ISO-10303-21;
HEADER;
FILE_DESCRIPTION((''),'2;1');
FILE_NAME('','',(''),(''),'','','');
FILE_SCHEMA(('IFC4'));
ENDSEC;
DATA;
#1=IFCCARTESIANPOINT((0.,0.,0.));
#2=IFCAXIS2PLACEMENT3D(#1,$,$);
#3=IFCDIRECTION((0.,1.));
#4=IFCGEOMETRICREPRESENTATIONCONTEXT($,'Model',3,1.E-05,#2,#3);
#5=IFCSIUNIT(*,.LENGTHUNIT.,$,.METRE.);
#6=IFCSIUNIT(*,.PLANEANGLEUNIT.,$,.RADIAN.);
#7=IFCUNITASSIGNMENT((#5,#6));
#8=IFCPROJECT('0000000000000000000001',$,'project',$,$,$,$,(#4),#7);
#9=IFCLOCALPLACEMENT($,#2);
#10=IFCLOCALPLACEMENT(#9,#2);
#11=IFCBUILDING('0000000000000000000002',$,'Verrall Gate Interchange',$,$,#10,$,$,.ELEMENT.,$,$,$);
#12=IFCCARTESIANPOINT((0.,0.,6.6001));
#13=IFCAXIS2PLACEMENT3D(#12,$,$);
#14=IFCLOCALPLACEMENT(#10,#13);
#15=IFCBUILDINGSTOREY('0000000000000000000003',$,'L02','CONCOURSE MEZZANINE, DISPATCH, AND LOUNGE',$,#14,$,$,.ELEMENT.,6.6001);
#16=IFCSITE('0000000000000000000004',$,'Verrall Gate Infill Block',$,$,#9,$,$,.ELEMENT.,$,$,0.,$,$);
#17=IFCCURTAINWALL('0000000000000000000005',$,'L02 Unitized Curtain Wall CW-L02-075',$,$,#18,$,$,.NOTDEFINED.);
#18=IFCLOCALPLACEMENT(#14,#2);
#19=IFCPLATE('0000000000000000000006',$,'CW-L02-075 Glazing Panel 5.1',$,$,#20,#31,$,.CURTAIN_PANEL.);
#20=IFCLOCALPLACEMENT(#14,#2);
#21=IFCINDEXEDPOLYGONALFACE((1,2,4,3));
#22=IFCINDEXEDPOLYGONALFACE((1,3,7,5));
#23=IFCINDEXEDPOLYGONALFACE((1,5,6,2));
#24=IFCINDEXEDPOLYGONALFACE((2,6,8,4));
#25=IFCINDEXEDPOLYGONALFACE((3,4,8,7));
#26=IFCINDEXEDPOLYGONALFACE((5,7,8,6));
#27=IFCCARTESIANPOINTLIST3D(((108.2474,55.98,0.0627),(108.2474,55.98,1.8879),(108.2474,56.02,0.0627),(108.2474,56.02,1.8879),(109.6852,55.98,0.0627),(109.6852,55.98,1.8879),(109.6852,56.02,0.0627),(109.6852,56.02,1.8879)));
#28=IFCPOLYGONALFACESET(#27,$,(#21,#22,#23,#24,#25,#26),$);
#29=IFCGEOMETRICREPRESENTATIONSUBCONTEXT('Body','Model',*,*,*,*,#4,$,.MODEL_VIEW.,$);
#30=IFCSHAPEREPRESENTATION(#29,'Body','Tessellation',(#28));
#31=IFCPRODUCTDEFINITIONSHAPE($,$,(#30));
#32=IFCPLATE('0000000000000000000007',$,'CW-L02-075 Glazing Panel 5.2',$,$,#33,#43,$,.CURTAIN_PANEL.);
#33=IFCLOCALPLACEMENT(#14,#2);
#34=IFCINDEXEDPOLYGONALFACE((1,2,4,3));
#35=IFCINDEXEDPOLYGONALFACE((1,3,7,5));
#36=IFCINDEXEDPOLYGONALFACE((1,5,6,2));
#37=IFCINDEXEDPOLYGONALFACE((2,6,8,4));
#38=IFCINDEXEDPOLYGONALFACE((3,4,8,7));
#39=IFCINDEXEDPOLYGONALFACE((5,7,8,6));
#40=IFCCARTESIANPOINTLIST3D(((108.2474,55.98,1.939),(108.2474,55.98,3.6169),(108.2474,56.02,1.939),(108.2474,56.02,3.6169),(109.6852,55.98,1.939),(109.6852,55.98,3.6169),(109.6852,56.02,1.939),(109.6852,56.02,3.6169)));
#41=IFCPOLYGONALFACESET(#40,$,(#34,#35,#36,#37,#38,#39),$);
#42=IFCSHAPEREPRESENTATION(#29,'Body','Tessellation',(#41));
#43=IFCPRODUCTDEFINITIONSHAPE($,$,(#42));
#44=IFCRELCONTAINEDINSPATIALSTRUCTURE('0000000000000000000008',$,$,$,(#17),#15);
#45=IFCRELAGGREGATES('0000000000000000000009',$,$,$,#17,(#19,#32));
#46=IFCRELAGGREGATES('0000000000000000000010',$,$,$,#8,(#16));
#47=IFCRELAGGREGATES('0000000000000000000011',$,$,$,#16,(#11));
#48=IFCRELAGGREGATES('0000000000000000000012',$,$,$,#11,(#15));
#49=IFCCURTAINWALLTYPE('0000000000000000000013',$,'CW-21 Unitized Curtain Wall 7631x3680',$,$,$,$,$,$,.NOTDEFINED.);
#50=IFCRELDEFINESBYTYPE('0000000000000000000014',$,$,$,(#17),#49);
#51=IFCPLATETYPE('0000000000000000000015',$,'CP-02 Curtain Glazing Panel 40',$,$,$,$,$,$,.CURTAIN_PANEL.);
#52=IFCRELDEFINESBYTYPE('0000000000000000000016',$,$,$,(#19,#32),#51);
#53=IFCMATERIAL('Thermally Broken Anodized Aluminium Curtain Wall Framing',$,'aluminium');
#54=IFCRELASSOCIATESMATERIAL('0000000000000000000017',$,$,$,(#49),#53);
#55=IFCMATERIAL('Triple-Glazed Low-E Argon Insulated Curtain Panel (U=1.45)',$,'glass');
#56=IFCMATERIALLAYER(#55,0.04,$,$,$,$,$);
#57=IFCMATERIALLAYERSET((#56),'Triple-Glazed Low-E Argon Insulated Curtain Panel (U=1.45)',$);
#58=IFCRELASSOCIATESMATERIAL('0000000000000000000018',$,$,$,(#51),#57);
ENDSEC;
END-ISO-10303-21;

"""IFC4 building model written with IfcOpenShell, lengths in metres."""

from ifc_helpers import new_model, si_unit, direction, frame, origin, origin_2d, place, context, subcontext, project, spatial, rectangle, extrude, material, layer, layer_set, type_object, element, aggregate, save


model = new_model("IFC4")

# Units and contexts
model_context = context("Model", 3, precision=1e-05, world=origin(), true_north=direction((0.0, 1.0)))
body_context = subcontext(model_context, "Body", "Model", "MODEL_VIEW")
ifc_project = project(units=[si_unit("LENGTHUNIT", "METRE"), si_unit("PLANEANGLEUNIT", "RADIAN")], contexts=[model_context])

# Site, building, storey
site_placement = place(None, origin())
site = spatial("IfcSite", under=ifc_project, at=site_placement, Name="Verrall Gate Infill Block", CompositionType="ELEMENT", RefElevation=0.0)
building_placement = place(site_placement, origin())
building = spatial("IfcBuilding", under=site, at=building_placement, Name="Verrall Gate Interchange", CompositionType="ELEMENT")
storey_placement = place(building_placement, frame((0.0, 0.0, 6.6001)))
storey = spatial("IfcBuildingStorey", under=building, at=storey_placement, Name="L02", Description="CONCOURSE MEZZANINE, DISPATCH, AND LOUNGE", CompositionType="ELEMENT", Elevation=6.6001)

# Curtain wall
ifc_material_1 = material(Name="Thermally Broken Anodized Aluminium Curtain Wall Framing", Category="aluminium")
curtain_wall_type_1 = type_object("IfcCurtainWallType", Name="CW-21 Unitized Curtain Wall 7631x3680", PredefinedType="NOTDEFINED", material=ifc_material_1)
curtain_wall_1_placement = place(storey_placement, origin())
curtain_wall_1 = element("IfcCurtainWall", 1, at=curtain_wall_1_placement, inside=storey, type_object=curtain_wall_type_1, Name="L02 Unitized Curtain Wall CW-L02-075", PredefinedType="NOTDEFINED")

# Plates
ifc_material_2 = material(Name="Triple-Glazed Low-E Argon Insulated Curtain Panel (U=1.45)", Category="glass")
ifc_layer_1 = layer(ifc_material_2, 0.04)
ifc_layer_set_1 = layer_set([ifc_layer_1], Name="Triple-Glazed Low-E Argon Insulated Curtain Panel (U=1.45)")
plate_type_1 = type_object("IfcPlateType", Name="CP-02 Curtain Glazing Panel 40", PredefinedType="CURTAIN_PANEL", material=ifc_layer_set_1)
plate_1_placement = place(storey_placement, frame((108.9663, 56.0, 0.0627), z_axis=(0.0, 0.0, 1.0), x_axis=(-1.0, 0.0, 0.0)))
plate_1 = element("IfcPlate", 2, at=plate_1_placement, type_object=plate_type_1, Name="CW-L02-075 Glazing Panel 5.1", PredefinedType="CURTAIN_PANEL", context=body_context, shape_type="SweptSolid", body=[
    extrude(rectangle(XDim=1.4377, YDim=0.04, at=origin_2d()), origin(), (0.0, 0.0, 1.0), 1.8252),
])
plate_2_placement = place(storey_placement, frame((108.9663, 56.0, 1.939), z_axis=(0.0, 0.0, 1.0), x_axis=(-1.0, 0.0, 0.0)))
plate_2 = element("IfcPlate", 3, at=plate_2_placement, type_object=plate_type_1, Name="CW-L02-075 Glazing Panel 5.2", PredefinedType="CURTAIN_PANEL", context=body_context, shape_type="SweptSolid", body=[
    extrude(rectangle(XDim=1.4377, YDim=0.04, at=origin_2d()), origin(), (0.0, 0.0, 1.0), 1.678),
])
aggregate(curtain_wall_1, [plate_1, plate_2])

save(model, "model.ifc")
